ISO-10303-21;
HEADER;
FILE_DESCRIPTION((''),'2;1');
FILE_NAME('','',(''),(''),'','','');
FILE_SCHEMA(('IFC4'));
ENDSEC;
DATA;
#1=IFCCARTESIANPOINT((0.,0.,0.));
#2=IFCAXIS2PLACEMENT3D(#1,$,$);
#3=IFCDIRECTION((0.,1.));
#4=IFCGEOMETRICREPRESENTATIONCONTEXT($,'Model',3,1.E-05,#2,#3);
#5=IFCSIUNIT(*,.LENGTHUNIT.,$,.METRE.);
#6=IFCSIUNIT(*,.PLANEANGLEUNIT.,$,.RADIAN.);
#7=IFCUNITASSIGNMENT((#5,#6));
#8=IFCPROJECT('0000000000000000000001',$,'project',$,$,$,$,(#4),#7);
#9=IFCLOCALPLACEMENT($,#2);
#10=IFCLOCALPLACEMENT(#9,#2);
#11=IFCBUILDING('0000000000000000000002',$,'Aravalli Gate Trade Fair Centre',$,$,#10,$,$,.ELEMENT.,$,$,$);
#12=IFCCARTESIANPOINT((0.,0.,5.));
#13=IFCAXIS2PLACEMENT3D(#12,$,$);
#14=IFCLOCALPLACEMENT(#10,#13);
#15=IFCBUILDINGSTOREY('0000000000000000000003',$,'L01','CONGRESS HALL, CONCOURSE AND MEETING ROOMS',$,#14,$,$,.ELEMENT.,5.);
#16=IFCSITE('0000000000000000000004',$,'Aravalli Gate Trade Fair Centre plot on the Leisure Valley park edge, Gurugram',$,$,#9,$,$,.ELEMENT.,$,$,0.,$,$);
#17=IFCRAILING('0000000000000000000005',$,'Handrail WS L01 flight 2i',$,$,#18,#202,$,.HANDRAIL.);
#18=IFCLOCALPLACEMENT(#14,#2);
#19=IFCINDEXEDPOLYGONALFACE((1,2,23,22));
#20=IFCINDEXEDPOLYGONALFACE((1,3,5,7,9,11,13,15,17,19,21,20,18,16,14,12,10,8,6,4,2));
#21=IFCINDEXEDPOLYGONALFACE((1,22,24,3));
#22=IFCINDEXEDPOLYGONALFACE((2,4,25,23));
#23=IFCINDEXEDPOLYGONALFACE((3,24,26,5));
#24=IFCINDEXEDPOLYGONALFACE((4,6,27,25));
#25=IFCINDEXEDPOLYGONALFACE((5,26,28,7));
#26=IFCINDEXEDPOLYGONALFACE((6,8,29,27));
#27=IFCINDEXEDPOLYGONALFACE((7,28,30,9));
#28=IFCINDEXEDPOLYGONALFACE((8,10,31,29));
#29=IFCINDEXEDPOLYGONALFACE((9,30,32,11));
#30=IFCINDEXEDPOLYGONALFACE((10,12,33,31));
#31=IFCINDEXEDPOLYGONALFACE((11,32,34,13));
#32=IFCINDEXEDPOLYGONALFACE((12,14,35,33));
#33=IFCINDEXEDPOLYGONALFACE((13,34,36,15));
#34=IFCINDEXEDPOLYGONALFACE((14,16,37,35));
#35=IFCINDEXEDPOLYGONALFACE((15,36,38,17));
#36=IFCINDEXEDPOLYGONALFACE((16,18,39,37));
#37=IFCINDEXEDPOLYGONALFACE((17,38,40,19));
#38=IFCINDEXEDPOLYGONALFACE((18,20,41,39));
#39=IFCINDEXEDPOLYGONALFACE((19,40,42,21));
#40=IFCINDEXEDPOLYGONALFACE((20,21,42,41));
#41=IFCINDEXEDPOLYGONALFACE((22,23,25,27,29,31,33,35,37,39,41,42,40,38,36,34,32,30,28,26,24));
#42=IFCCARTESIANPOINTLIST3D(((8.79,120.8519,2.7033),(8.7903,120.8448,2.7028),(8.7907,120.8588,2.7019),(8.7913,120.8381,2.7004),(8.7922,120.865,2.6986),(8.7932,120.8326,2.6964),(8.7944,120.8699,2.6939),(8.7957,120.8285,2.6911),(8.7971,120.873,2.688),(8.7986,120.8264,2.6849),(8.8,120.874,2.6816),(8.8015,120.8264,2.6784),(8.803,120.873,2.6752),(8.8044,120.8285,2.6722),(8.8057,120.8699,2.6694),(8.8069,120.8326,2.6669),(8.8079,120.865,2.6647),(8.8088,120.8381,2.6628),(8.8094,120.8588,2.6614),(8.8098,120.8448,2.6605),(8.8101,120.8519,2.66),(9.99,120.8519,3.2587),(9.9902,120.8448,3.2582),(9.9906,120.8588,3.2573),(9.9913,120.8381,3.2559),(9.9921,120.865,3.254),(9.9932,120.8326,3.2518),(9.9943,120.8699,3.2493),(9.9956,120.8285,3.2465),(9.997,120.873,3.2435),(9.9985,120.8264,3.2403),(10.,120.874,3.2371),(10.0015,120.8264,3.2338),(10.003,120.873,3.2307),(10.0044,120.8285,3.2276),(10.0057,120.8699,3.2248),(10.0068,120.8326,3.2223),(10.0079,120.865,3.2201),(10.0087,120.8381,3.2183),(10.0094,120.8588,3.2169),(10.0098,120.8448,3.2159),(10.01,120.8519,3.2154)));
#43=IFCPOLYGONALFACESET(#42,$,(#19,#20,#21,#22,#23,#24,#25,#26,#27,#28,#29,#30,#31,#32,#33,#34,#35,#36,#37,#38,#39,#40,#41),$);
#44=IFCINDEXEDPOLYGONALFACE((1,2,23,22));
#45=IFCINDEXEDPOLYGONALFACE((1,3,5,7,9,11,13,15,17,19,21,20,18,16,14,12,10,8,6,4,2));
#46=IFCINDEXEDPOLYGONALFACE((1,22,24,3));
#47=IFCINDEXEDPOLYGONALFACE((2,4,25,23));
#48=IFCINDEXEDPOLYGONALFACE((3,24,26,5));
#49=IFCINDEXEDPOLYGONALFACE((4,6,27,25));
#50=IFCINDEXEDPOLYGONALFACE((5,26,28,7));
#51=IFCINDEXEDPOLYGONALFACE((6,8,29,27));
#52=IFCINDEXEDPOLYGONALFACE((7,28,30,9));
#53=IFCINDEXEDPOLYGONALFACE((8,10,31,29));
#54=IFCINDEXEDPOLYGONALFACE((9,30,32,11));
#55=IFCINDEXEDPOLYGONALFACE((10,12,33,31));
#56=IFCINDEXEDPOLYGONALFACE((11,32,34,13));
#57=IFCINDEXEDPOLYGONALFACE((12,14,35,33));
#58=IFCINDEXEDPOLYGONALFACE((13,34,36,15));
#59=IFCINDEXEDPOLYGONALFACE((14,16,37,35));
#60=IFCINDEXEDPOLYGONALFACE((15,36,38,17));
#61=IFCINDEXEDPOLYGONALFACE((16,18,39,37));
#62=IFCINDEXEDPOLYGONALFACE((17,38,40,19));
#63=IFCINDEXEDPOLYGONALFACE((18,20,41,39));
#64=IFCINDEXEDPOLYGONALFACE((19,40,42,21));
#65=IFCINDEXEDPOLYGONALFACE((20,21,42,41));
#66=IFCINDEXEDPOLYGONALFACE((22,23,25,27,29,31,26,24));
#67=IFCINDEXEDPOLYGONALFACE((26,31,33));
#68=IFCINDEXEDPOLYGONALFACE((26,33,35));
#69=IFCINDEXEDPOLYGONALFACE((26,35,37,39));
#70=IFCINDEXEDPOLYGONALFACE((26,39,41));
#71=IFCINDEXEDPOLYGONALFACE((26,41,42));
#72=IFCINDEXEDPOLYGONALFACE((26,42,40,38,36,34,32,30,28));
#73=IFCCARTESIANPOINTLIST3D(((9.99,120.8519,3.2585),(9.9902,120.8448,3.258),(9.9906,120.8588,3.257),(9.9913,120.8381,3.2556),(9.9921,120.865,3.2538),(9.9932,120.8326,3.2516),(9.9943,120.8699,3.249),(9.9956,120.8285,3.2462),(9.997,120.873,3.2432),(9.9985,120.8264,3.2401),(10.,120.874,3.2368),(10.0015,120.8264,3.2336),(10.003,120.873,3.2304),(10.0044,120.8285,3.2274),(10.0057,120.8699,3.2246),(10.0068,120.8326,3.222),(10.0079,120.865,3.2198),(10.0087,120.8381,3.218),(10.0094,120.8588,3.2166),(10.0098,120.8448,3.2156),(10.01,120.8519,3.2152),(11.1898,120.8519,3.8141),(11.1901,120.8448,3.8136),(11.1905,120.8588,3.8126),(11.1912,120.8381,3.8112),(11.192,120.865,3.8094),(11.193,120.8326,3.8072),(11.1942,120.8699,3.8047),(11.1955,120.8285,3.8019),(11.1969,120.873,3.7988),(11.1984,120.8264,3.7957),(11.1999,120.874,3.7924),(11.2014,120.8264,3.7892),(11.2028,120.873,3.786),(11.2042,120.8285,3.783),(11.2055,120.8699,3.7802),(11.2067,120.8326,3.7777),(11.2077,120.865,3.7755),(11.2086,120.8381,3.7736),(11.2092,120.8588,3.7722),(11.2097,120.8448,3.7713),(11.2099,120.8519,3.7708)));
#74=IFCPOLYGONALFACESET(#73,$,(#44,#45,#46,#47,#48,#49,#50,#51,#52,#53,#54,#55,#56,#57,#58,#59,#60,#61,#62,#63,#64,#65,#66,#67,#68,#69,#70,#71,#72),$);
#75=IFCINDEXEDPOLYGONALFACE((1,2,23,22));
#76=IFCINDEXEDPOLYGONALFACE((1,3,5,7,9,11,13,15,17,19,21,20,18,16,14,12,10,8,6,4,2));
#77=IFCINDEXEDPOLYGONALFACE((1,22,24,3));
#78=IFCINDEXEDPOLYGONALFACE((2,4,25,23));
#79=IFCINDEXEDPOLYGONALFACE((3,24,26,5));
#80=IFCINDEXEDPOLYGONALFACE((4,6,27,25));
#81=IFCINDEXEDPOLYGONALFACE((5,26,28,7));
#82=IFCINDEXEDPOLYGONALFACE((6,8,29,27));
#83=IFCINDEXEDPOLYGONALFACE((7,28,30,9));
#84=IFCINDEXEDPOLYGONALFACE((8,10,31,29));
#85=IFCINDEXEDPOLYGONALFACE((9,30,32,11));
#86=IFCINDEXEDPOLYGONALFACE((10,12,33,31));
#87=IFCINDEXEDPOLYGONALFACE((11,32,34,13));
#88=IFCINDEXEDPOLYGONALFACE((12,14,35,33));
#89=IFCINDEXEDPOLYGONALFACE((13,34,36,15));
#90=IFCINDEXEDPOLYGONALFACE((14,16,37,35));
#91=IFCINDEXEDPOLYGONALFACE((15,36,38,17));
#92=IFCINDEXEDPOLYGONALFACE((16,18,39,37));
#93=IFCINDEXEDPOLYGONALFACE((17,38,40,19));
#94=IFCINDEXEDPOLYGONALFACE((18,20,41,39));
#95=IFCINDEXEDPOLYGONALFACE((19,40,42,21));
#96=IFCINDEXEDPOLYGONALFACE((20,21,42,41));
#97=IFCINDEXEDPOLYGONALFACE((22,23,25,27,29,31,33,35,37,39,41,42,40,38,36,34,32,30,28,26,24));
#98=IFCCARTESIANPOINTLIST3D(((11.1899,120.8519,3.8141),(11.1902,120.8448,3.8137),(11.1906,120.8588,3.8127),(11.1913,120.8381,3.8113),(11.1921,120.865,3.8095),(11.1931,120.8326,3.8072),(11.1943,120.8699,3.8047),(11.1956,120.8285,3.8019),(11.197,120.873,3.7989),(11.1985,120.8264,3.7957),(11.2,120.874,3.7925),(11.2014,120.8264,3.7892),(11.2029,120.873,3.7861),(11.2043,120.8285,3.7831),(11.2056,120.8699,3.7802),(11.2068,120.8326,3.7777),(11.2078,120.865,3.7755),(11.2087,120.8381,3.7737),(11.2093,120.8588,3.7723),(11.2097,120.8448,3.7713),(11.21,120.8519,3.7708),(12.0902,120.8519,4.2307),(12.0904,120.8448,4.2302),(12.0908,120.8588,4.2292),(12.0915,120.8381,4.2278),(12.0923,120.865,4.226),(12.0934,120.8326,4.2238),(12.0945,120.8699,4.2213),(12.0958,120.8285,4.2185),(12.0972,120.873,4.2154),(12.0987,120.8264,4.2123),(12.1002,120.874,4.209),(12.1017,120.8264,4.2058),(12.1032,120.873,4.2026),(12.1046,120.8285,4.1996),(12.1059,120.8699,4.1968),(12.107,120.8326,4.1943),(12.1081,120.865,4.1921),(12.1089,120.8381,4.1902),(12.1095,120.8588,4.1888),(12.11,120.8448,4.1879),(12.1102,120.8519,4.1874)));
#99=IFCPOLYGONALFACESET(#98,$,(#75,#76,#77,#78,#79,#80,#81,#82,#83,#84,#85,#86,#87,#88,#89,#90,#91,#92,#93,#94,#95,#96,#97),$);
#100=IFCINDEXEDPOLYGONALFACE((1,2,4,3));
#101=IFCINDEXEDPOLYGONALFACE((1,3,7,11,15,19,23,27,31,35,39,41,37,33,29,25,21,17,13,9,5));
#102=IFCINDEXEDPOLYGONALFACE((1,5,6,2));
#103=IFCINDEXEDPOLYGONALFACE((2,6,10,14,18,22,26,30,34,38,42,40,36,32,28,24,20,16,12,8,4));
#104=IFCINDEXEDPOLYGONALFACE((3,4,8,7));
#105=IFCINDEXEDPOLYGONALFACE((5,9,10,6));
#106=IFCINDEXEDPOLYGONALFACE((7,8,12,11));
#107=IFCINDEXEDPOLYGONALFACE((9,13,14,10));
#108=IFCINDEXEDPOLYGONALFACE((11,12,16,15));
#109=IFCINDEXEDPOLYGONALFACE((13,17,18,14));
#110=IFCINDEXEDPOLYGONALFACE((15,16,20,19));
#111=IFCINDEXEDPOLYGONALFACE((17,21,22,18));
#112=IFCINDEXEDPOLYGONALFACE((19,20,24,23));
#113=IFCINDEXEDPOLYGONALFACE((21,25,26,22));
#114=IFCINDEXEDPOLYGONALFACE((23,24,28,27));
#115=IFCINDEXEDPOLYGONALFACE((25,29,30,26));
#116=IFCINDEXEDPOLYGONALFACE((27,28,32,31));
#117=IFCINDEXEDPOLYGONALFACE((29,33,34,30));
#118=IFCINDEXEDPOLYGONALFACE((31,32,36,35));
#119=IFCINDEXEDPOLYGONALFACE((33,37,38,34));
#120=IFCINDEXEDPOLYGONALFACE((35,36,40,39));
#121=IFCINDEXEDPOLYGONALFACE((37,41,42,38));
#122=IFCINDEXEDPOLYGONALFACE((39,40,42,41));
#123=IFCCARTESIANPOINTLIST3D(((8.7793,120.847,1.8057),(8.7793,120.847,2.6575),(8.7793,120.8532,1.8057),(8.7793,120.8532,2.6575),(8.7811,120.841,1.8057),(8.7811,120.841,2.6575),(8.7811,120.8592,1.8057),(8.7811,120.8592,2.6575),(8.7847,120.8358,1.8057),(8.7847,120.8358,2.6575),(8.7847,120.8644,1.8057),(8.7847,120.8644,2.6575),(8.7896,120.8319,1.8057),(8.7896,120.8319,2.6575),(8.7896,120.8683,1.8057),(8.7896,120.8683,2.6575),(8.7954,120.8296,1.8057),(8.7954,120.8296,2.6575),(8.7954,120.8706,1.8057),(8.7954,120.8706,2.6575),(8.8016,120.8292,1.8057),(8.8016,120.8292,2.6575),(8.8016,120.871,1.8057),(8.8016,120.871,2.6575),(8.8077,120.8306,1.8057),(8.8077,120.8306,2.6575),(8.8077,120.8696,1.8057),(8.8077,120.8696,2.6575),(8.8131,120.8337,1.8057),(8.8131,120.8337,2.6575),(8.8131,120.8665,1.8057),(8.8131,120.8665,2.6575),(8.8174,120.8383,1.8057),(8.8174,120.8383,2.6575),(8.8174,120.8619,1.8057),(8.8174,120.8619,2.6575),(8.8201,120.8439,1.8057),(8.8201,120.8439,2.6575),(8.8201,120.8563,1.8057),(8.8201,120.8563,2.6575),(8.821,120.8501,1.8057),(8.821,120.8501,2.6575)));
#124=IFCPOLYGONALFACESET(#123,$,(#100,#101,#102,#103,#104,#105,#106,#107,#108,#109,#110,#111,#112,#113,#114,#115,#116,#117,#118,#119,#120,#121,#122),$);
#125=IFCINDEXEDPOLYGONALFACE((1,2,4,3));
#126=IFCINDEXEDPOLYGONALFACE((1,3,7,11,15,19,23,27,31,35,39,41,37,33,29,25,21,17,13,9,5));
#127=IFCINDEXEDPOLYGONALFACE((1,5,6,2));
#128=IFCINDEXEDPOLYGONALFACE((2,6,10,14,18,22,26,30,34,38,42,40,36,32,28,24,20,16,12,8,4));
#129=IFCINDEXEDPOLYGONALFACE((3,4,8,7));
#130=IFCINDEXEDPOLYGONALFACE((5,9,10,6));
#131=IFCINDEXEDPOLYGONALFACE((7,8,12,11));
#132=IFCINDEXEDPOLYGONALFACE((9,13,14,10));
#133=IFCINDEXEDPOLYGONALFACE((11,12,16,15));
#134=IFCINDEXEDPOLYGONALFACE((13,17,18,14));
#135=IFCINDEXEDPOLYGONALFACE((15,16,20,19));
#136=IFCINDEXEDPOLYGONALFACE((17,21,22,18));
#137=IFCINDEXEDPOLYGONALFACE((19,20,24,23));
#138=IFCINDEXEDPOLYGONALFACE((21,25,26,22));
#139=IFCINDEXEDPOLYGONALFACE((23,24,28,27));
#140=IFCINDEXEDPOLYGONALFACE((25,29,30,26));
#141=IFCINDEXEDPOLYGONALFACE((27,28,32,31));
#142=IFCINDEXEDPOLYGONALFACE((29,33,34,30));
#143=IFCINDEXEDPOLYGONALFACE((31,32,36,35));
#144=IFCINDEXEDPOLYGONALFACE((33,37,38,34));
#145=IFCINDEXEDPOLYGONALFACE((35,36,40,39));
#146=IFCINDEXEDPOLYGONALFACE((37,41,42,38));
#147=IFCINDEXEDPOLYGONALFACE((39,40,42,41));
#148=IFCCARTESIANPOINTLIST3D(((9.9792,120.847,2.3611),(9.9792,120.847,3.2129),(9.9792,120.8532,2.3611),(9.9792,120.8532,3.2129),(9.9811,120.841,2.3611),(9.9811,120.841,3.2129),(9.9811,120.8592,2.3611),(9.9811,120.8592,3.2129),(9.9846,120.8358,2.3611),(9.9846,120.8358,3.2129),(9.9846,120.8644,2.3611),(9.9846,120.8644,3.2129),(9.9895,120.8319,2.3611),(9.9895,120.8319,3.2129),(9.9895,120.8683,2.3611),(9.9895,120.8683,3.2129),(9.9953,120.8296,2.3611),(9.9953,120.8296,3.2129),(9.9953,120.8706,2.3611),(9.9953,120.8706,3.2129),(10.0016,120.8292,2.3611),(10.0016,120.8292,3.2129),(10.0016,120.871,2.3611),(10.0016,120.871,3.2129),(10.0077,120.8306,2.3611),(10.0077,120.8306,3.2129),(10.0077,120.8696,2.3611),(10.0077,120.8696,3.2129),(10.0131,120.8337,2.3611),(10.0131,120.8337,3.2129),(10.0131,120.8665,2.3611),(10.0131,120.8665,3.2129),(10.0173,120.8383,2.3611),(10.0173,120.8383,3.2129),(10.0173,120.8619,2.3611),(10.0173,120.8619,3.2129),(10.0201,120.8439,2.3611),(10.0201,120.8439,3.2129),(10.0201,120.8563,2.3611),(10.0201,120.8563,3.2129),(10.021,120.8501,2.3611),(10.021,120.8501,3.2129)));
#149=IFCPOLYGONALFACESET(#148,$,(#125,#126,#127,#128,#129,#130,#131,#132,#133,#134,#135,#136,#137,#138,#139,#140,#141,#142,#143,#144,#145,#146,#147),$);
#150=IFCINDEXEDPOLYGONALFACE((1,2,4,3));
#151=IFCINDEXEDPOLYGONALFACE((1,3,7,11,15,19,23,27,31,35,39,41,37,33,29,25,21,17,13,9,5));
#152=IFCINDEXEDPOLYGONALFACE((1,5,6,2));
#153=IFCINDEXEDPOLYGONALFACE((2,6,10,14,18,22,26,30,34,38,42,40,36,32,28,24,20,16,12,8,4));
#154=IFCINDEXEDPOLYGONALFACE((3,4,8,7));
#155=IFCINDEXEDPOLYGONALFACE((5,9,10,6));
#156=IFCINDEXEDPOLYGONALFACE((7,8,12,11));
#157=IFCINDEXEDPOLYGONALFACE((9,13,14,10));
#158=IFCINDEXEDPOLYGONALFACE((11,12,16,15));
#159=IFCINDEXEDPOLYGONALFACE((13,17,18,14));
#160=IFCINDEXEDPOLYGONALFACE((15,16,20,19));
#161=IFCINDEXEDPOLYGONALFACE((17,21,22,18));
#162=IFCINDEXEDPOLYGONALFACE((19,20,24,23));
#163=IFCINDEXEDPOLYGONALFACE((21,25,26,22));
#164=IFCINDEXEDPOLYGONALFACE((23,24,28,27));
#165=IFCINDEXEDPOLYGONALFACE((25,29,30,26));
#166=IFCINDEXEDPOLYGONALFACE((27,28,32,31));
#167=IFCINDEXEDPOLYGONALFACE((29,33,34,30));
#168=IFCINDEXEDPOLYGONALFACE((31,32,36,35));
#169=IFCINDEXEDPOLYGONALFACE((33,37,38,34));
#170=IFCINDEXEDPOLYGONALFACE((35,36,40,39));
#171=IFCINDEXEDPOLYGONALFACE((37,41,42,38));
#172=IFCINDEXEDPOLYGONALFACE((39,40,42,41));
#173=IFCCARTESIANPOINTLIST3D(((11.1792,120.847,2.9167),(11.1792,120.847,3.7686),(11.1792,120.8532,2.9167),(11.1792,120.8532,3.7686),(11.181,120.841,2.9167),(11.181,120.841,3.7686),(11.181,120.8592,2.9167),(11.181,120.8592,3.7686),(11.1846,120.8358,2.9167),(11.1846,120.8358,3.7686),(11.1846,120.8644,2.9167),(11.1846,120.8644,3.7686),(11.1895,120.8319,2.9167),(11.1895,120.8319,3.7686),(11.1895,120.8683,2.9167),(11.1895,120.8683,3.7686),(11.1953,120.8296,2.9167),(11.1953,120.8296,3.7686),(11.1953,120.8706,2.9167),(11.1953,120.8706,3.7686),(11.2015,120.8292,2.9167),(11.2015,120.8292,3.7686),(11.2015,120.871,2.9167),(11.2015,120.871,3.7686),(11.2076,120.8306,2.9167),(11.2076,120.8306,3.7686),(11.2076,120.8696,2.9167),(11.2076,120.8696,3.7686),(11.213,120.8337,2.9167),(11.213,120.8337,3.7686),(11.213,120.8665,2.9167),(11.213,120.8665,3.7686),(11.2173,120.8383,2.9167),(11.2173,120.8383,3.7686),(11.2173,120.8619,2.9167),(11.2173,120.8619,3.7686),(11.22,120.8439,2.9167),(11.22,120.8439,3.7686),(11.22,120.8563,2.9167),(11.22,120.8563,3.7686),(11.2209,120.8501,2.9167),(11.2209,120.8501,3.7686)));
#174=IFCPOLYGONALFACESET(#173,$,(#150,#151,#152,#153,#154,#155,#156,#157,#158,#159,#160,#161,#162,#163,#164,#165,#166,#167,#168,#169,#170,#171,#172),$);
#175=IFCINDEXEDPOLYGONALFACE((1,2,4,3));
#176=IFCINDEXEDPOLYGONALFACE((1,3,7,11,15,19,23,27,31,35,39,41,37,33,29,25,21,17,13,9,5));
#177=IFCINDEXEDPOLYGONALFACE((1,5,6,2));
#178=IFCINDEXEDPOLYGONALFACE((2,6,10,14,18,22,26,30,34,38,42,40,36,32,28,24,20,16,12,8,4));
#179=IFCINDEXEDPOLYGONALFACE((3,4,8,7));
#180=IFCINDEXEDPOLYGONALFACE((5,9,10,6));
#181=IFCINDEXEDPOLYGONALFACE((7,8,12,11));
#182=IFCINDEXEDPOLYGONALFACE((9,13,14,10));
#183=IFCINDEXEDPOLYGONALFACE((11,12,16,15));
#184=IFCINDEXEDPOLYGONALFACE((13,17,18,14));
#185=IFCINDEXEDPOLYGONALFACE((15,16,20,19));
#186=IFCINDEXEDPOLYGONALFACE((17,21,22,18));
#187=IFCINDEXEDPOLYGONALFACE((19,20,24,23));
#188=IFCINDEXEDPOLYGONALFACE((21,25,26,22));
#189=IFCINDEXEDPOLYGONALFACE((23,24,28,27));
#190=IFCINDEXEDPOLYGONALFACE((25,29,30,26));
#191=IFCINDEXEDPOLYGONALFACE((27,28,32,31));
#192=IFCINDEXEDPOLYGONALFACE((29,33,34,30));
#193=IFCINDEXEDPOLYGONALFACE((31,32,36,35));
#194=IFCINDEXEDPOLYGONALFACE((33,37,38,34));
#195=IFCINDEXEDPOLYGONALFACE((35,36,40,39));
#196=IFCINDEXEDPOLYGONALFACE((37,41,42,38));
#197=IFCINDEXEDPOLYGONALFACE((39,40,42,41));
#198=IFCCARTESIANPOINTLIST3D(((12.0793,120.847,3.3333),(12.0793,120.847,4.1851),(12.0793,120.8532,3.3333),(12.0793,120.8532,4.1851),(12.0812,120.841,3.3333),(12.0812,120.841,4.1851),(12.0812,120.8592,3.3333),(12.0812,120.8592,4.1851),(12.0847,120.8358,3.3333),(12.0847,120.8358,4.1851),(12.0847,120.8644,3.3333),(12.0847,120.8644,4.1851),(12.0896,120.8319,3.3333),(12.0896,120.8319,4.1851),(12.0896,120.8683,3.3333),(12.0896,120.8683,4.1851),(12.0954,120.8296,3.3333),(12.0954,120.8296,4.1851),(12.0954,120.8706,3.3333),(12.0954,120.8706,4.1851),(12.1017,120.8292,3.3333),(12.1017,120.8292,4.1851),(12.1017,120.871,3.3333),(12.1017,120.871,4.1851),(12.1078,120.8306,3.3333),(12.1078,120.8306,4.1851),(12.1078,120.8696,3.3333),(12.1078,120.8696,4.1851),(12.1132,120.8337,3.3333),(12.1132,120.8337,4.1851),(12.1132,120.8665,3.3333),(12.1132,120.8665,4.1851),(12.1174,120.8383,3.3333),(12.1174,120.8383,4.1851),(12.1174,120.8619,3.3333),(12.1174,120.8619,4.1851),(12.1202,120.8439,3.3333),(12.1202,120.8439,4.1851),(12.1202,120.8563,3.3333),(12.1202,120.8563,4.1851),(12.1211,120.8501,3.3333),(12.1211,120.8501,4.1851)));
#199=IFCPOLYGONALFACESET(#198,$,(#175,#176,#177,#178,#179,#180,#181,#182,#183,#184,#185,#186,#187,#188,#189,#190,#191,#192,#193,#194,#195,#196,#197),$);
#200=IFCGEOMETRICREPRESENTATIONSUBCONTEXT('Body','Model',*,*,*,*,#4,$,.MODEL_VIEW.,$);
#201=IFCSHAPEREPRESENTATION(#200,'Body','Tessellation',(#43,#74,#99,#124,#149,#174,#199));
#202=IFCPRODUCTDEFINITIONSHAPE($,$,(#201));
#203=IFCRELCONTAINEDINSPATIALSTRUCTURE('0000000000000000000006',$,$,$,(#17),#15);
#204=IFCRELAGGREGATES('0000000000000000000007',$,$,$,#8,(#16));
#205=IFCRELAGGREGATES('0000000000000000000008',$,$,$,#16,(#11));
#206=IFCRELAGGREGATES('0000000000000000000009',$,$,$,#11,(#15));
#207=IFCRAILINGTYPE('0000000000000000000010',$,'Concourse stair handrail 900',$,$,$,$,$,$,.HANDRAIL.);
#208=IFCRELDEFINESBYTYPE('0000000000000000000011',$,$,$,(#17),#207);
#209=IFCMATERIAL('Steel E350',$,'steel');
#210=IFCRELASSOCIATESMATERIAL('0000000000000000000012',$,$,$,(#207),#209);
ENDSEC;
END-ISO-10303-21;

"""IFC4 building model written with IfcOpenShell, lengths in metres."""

from ifc_helpers import new_model, si_unit, direction, frame, origin, origin_2d, place, context, subcontext, project, spatial, circle, extrude, material, type_object, element, save


model = new_model("IFC4")

# Units and contexts
model_context = context("Model", 3, precision=1e-05, world=origin(), true_north=direction((0.0, 1.0)))
body_context = subcontext(model_context, "Body", "Model", "MODEL_VIEW")
ifc_project = project(units=[si_unit("LENGTHUNIT", "METRE"), si_unit("PLANEANGLEUNIT", "RADIAN")], contexts=[model_context])

# Site, building, storey
site_placement = place(None, origin())
site = spatial("IfcSite", under=ifc_project, at=site_placement, Name="Aravalli Gate Trade Fair Centre plot on the Leisure Valley park edge, Gurugram", CompositionType="ELEMENT", RefElevation=0.0)
building_placement = place(site_placement, origin())
building = spatial("IfcBuilding", under=site, at=building_placement, Name="Aravalli Gate Trade Fair Centre", CompositionType="ELEMENT")
storey_placement = place(building_placement, frame((0.0, 0.0, 5.0)))
storey = spatial("IfcBuildingStorey", under=building, at=storey_placement, Name="L01", Description="CONGRESS HALL, CONCOURSE AND MEETING ROOMS", CompositionType="ELEMENT", Elevation=5.0)

# Shared definitions
ifc_material_1 = material(Name="Steel E350", Category="steel")

# Railing
railing_type = type_object("IfcRailingType", Name="Concourse stair handrail 900", PredefinedType="HANDRAIL", material=ifc_material_1)
for number, where, name in (
    (1, (8.8, 120.8501, 1.8057), "Handrail WS L01 flight 2i"),
):
    element("IfcRailing", number, at=place(storey_placement, frame(where)), inside=storey, type_object=railing_type, Name=name, PredefinedType="HANDRAIL", context=body_context, shape_type="SweptSolid", body=[
        extrude(circle(Radius=0.0239, at=origin_2d()), frame((0.0, 0.0, 0.876), z_axis=(0.907499, 0.0, 0.420053), x_axis=(0.0, 1.0, 0.0)), (0.0, 0.0, 1.0), 1.3223),
        extrude(circle(Radius=0.0239, at=origin_2d()), frame((1.2, 0.0, 1.4312), z_axis=(0.907429, 0.0, 0.420205), x_axis=(0.0, 1.0, 0.0)), (0.0, 0.0, 1.0), 1.3223),
        extrude(circle(Radius=0.0239, at=origin_2d()), frame((2.3999, 0.0, 1.9868), z_axis=(0.907556, 0.0, 0.419932), x_axis=(0.0, 1.0, 0.0)), (0.0, 0.0, 1.0), 0.9919),
        extrude(circle(Radius=0.021, at=origin_2d()), origin(), (0.0, 0.0, 1.0), 0.8518),
        extrude(circle(Radius=0.021, at=origin_2d()), frame((1.2, 0.0, 0.5554)), (0.0, 0.0, 1.0), 0.8518),
        extrude(circle(Radius=0.021, at=origin_2d()), frame((2.3999, 0.0, 1.1111)), (0.0, 0.0, 1.0), 0.8518),
        extrude(circle(Radius=0.021, at=origin_2d()), frame((3.3, 0.0, 1.5276)), (0.0, 0.0, 1.0), 0.8518),
    ])

save(model, "model.ifc")
